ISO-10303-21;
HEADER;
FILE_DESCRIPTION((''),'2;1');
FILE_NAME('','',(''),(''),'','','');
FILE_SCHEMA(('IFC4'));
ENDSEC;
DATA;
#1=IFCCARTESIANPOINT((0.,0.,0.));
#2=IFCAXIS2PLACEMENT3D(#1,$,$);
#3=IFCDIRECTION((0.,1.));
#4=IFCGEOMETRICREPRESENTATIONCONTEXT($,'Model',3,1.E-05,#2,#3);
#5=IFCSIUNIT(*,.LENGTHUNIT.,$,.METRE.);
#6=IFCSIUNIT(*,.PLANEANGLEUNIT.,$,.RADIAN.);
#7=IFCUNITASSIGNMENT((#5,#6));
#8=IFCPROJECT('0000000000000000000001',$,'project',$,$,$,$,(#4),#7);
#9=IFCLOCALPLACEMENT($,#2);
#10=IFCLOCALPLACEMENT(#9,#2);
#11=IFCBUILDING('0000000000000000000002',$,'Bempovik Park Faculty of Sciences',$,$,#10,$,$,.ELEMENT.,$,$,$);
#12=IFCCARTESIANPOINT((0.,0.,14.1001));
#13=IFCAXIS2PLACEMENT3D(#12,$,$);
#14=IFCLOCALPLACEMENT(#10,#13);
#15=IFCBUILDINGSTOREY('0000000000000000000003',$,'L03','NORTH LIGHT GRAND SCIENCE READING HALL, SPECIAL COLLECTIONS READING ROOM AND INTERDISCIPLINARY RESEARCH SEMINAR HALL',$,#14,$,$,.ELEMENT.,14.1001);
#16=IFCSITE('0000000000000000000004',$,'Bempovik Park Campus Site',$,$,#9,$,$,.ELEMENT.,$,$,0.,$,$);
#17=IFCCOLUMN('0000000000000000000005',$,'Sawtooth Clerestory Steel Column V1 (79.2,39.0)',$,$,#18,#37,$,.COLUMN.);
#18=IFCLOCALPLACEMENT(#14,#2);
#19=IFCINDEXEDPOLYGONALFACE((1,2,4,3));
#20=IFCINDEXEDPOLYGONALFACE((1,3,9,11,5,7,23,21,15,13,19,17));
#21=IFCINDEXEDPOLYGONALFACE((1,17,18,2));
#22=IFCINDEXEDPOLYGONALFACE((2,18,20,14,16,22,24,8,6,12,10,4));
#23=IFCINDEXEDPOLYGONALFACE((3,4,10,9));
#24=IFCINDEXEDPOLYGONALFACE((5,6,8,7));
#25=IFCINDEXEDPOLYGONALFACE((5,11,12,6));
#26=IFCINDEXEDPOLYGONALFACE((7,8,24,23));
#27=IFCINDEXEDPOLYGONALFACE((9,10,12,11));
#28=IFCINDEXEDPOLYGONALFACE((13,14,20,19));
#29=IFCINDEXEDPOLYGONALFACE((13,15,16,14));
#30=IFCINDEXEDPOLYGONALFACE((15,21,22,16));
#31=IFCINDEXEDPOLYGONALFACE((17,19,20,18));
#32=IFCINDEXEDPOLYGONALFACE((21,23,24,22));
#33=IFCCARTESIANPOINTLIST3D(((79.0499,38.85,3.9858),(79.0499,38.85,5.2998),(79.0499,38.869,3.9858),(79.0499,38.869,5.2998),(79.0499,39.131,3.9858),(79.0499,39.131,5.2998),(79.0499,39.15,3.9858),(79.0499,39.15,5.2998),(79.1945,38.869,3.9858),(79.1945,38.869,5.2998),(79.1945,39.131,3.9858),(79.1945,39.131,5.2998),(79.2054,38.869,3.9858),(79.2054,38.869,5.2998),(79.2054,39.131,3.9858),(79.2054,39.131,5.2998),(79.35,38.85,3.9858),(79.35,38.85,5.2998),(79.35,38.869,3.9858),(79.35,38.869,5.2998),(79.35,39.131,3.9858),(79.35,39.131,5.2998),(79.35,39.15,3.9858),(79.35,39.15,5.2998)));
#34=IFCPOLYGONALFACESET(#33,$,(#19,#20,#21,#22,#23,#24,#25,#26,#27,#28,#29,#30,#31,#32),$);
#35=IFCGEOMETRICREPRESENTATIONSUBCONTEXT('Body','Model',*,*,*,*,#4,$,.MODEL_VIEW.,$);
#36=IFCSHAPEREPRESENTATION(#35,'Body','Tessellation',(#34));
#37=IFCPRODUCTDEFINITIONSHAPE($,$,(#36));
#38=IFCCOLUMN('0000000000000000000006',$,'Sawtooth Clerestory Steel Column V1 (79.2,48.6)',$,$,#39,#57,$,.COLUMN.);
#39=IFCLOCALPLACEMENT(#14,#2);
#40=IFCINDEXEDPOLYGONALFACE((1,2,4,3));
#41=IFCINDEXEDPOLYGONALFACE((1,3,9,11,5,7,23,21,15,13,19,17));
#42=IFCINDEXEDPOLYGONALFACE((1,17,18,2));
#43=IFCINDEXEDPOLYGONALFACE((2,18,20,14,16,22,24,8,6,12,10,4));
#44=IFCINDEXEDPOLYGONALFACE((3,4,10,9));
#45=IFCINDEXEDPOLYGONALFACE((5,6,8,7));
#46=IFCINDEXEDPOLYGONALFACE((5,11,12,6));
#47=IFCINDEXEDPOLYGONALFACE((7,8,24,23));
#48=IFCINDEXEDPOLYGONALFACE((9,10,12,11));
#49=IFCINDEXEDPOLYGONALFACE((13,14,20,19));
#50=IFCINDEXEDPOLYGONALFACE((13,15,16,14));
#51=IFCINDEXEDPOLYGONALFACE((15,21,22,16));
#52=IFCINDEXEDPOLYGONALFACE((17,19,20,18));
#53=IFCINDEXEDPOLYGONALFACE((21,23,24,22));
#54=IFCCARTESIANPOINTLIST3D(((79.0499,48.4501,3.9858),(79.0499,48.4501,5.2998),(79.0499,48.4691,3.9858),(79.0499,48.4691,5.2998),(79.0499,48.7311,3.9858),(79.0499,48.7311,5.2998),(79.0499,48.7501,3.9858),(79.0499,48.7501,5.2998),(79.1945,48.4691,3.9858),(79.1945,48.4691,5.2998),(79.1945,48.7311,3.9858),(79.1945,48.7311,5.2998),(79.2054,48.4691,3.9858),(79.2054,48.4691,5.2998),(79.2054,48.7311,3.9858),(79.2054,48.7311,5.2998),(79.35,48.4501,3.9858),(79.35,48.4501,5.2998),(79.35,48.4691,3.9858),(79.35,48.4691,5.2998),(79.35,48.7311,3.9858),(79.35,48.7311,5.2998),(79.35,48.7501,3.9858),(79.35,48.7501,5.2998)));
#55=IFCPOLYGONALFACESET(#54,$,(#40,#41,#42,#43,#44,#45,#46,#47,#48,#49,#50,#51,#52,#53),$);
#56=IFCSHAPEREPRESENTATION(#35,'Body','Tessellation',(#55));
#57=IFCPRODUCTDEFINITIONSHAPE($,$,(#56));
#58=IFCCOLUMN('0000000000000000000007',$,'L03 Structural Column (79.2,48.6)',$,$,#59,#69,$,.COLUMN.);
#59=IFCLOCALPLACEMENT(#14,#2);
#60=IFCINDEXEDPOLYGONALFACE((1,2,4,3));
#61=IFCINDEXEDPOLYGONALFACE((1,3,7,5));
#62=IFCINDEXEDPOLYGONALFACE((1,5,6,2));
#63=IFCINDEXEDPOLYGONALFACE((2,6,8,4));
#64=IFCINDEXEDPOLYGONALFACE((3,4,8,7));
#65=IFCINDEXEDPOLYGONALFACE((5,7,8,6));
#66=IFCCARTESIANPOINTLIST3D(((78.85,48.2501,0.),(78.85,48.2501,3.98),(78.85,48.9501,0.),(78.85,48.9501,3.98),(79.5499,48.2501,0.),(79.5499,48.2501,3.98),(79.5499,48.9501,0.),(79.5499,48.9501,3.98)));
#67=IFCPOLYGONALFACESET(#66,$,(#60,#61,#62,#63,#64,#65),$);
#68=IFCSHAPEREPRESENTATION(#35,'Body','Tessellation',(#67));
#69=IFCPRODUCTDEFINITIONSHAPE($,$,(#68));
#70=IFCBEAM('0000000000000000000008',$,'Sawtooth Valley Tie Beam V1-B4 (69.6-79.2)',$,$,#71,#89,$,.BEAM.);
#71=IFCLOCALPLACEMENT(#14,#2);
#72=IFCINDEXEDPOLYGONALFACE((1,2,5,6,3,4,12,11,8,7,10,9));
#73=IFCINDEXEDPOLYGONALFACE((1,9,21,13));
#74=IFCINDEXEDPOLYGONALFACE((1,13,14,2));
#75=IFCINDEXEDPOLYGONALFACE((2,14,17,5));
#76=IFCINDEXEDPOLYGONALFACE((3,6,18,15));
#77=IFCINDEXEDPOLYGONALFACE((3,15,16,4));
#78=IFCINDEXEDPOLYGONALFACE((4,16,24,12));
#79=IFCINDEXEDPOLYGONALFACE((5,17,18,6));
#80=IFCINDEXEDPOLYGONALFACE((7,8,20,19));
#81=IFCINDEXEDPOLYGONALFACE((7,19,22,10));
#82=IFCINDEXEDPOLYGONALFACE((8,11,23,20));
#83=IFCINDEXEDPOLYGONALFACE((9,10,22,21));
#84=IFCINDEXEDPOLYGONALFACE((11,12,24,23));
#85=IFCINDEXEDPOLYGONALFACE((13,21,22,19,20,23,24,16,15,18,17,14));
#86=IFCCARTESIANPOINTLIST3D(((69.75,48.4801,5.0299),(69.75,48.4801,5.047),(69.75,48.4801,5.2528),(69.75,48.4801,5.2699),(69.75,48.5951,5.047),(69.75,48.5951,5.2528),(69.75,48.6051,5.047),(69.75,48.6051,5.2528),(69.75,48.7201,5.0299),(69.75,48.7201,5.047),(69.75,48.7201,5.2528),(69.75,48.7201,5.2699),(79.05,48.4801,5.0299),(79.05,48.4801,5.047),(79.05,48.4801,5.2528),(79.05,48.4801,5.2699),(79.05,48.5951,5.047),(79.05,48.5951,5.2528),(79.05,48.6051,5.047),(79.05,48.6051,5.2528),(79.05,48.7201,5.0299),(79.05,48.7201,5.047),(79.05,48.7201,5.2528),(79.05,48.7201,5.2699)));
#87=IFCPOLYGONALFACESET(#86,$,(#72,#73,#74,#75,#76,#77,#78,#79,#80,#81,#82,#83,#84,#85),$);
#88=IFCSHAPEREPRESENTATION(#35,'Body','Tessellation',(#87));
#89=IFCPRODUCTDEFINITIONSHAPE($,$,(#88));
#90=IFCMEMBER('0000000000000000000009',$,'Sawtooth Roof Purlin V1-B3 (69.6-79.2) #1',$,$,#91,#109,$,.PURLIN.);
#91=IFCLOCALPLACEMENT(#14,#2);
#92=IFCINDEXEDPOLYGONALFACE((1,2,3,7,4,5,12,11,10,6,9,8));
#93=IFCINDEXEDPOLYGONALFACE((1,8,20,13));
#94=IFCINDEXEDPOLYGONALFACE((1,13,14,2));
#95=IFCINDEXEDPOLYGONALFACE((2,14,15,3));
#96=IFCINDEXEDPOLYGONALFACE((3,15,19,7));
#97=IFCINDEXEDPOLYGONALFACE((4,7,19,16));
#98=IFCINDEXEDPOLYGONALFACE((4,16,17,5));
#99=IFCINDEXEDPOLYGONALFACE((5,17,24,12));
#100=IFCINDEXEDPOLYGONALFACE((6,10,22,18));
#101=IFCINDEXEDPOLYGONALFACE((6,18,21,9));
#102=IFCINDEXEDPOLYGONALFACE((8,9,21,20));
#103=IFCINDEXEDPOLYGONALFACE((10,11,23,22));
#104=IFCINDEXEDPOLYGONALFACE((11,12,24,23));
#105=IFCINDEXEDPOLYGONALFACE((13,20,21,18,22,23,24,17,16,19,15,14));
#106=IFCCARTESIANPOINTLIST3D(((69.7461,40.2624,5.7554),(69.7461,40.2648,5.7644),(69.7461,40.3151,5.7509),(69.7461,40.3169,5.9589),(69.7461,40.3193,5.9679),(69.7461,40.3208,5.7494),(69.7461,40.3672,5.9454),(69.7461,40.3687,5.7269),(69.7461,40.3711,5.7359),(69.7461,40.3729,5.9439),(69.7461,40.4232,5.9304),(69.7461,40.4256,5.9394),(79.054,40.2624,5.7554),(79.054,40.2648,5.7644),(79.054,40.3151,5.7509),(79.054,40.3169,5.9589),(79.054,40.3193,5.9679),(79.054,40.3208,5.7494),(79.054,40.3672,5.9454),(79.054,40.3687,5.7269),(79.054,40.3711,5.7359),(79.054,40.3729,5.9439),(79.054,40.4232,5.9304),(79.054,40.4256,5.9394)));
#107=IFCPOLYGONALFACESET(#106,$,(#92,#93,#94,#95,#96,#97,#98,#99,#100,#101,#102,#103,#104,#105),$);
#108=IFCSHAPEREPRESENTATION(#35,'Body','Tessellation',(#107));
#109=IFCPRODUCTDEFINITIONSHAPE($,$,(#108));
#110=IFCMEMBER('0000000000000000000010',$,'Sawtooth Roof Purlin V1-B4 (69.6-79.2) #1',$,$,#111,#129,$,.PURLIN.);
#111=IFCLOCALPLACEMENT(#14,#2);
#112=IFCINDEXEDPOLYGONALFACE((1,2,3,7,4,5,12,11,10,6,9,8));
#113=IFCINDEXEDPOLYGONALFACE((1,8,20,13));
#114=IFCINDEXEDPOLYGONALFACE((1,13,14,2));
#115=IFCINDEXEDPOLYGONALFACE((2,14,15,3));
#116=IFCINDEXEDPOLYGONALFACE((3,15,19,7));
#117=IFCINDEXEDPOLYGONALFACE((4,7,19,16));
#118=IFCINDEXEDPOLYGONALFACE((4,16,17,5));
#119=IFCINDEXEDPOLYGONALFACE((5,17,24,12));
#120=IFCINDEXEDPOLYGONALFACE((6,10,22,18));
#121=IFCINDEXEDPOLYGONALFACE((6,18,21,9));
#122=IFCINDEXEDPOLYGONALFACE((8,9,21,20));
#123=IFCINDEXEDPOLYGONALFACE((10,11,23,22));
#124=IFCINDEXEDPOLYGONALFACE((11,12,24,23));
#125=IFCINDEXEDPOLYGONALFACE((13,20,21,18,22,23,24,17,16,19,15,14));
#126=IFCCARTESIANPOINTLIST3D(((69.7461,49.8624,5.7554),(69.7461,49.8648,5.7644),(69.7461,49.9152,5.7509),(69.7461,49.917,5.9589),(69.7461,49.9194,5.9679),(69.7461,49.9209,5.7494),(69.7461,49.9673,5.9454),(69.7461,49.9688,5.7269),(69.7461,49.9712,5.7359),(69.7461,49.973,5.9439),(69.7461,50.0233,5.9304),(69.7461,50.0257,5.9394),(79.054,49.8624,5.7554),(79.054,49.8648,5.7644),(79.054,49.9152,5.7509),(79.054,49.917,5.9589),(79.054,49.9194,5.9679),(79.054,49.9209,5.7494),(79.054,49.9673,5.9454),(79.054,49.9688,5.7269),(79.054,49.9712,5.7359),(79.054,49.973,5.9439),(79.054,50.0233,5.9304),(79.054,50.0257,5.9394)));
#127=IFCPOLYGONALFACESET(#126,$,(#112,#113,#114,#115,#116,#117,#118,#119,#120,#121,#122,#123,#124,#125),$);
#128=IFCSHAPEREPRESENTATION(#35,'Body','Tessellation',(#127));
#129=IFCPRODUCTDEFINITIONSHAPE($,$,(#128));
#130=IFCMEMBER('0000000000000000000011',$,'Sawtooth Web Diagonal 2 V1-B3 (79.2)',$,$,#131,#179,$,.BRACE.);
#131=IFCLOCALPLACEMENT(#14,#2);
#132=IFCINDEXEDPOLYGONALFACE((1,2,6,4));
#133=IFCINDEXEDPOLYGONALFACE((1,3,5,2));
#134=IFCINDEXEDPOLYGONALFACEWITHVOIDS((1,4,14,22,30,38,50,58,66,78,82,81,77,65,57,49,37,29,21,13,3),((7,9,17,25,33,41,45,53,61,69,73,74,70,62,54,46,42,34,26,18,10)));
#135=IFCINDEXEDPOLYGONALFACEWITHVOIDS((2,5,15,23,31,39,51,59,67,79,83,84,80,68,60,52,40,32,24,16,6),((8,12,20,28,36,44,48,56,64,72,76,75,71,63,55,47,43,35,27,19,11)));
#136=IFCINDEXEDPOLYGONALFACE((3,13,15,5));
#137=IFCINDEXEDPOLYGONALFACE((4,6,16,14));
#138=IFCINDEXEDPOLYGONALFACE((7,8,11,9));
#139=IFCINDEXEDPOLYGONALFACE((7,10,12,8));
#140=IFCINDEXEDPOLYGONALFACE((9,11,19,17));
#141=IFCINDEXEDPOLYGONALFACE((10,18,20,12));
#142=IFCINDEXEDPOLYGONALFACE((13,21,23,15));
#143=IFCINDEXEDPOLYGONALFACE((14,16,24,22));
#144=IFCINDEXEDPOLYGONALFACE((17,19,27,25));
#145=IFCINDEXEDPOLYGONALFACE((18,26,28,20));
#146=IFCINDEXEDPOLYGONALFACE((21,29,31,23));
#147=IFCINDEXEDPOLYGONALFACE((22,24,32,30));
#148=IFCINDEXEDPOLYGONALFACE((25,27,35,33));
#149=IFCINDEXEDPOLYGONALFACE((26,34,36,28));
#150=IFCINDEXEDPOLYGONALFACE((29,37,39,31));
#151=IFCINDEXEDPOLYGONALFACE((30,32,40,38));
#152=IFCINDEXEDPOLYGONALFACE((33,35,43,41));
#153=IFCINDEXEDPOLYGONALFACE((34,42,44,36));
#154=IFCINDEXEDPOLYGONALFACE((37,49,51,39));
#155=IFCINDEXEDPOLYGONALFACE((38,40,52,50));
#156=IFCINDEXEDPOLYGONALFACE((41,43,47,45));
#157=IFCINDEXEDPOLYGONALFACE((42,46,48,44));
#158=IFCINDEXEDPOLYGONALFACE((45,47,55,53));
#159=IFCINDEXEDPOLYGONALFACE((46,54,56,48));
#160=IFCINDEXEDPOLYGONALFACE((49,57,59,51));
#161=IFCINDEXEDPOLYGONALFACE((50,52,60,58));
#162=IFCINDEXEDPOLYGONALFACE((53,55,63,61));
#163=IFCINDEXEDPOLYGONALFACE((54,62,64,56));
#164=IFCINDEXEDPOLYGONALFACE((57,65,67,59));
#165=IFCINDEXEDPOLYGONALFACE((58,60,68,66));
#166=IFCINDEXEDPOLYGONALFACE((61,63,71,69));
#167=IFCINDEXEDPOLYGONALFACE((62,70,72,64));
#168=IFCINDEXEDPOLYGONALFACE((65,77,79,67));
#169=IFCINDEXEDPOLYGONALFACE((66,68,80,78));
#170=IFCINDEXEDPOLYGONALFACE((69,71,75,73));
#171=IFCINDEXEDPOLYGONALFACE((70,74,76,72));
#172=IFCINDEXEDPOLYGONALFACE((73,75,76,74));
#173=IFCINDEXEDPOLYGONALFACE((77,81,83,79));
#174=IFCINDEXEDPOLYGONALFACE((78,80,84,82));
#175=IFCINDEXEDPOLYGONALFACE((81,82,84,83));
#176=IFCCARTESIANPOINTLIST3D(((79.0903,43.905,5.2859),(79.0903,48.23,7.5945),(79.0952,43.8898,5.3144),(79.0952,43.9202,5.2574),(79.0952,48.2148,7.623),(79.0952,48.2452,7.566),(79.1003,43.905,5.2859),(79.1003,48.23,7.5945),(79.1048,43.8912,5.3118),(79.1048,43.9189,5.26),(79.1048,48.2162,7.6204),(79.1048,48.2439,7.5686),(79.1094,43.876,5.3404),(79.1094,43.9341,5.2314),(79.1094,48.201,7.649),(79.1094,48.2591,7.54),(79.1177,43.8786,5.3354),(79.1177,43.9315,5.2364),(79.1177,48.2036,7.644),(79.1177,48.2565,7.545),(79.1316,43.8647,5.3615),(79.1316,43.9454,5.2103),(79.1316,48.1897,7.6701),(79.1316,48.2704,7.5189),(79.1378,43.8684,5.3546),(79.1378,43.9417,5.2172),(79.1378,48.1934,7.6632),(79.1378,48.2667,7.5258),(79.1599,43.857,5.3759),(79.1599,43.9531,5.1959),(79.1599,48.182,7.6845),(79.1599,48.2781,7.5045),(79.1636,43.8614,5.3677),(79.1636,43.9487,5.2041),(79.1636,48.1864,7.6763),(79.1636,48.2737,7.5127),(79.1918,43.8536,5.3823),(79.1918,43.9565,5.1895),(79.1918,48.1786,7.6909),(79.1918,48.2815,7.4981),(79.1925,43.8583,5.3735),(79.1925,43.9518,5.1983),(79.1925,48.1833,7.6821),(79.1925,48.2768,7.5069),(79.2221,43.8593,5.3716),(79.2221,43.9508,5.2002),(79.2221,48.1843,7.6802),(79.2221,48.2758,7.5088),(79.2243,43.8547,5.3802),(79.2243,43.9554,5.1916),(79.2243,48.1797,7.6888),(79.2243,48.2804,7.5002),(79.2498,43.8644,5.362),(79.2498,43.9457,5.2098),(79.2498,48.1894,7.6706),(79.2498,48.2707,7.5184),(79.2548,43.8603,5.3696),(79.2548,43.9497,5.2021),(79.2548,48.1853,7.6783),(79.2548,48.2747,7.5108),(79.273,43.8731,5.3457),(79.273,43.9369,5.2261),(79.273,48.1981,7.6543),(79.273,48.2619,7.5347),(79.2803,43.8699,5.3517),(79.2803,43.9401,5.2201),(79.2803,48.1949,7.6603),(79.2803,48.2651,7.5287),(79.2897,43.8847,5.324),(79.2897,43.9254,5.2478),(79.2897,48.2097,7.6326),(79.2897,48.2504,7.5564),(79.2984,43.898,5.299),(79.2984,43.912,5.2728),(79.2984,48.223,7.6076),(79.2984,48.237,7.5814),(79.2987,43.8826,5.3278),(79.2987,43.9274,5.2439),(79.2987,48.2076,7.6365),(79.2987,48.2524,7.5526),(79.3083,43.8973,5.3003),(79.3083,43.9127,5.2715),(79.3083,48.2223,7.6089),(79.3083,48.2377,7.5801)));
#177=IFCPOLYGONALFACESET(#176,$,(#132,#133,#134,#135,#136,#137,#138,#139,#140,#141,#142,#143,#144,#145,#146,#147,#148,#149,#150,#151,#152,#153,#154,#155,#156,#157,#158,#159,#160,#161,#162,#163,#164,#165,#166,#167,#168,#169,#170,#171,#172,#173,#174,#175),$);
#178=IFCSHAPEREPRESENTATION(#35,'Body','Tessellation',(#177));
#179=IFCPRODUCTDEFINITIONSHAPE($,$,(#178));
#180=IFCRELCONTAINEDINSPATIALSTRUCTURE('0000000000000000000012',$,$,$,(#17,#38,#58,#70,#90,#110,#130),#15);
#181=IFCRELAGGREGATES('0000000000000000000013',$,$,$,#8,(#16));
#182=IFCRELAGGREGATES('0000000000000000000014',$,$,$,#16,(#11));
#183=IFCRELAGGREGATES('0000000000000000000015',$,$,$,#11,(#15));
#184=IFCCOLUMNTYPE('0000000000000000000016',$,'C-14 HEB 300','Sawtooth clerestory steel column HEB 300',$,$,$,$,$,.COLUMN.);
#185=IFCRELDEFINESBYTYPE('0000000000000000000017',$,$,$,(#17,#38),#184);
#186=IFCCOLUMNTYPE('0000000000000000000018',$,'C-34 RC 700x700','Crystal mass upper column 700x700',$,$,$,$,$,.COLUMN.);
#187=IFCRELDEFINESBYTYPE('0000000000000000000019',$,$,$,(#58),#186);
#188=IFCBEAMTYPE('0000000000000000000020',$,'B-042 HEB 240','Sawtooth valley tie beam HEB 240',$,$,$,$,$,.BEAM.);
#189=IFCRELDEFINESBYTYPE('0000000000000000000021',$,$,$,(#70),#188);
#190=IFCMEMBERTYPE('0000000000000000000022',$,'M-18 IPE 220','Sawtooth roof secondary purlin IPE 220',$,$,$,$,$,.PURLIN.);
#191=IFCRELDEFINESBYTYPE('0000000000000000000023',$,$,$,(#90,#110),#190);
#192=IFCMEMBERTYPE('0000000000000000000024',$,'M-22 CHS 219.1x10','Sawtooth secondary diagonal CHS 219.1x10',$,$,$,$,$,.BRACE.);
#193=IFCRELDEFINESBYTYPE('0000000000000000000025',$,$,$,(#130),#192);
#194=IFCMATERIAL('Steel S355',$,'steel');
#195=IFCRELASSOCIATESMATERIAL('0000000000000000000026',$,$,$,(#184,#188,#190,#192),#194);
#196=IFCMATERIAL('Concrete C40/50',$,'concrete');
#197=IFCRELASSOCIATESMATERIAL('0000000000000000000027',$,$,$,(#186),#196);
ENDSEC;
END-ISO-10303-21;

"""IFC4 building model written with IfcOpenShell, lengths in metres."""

from ifc_helpers import new_model, si_unit, direction, frame, origin, origin_2d, place, context, subcontext, project, spatial, rectangle, hollow_circle, i_section, extrude, material, material_profile, profile_set, type_object, element, save


model = new_model("IFC4")

# Units and contexts
model_context = context("Model", 3, precision=1e-05, world=origin(), true_north=direction((0.0, 1.0)))
body_context = subcontext(model_context, "Body", "Model", "MODEL_VIEW")
ifc_project = project(units=[si_unit("LENGTHUNIT", "METRE"), si_unit("PLANEANGLEUNIT", "RADIAN")], contexts=[model_context])

# Site, building, storey
site_placement = place(None, origin())
site = spatial("IfcSite", under=ifc_project, at=site_placement, Name="Bempovik Park Campus Site", CompositionType="ELEMENT", RefElevation=0.0)
building_placement = place(site_placement, origin())
building = spatial("IfcBuilding", under=site, at=building_placement, Name="Bempovik Park Faculty of Sciences", CompositionType="ELEMENT")
storey_placement = place(building_placement, frame((0.0, 0.0, 14.1001)))
storey = spatial("IfcBuildingStorey", under=building, at=storey_placement, Name="L03", Description="NORTH LIGHT GRAND SCIENCE READING HALL, SPECIAL COLLECTIONS READING ROOM AND INTERDISCIPLINARY RESEARCH SEMINAR HALL", CompositionType="ELEMENT", Elevation=14.1001)

# Columns
ifc_material_1 = material(Name="Steel S355", Category="steel")
ifc_material_profile_1 = material_profile(ifc_material_1, i_section(OverallWidth=0.3, OverallDepth=0.3, WebThickness=0.011, FlangeThickness=0.019, at=origin_2d()), Name="HEB 300")
ifc_profile_set_1 = profile_set([ifc_material_profile_1], Name="Steel S355")
column_type_1 = type_object("IfcColumnType", Name="C-14 HEB 300", Description="Sawtooth clerestory steel column HEB 300", PredefinedType="COLUMN", material=ifc_profile_set_1)
for number, where, z_axis, x_axis, name in (
    (1, (79.2, 39.0, 3.9858), (0.0, 0.0, 1.0), (1.0, 0.0, 0.0), "Sawtooth Clerestory Steel Column V1 (79.2,39.0)"),
    (2, (79.2, 48.6001, 3.9858), (0.0, 0.0, 1.0), (1.0, 0.0, 0.0), "Sawtooth Clerestory Steel Column V1 (79.2,48.6)"),
):
    element("IfcColumn", number, at=place(storey_placement, frame(where, z_axis=z_axis, x_axis=x_axis)), inside=storey, type_object=column_type_1, Name=name, PredefinedType="COLUMN", context=body_context, shape_type="SweptSolid", body=[
        extrude(i_section(OverallWidth=0.3, OverallDepth=0.3, WebThickness=0.011, FlangeThickness=0.019, at=origin_2d()), origin(), (0.0, 0.0, 1.0), 1.314),
    ])
ifc_material_2 = material(Name="Concrete C40/50", Category="concrete")
ifc_material_profile_2 = material_profile(ifc_material_2, rectangle(XDim=0.7, YDim=0.7, at=origin_2d()), Name="RC 700x700")
ifc_profile_set_2 = profile_set([ifc_material_profile_2], Name="Concrete C40/50")
column_type_2 = type_object("IfcColumnType", Name="C-34 RC 700x700", Description="Crystal mass upper column 700x700", PredefinedType="COLUMN", material=ifc_profile_set_2)
column_placement = place(storey_placement, frame((79.2, 48.6001, 0.0), z_axis=(0.0, 0.0, 1.0), x_axis=(1.0, 0.0, 0.0)))
element("IfcColumn", 3, at=column_placement, inside=storey, type_object=column_type_2, Name="L03 Structural Column (79.2,48.6)", PredefinedType="COLUMN", context=body_context, shape_type="SweptSolid", body=[
    extrude(rectangle(XDim=0.7, YDim=0.7, at=origin_2d()), origin(), (0.0, 0.0, 1.0), 3.98),
])

# Beam
ifc_material_profile_3 = material_profile(ifc_material_1, i_section(OverallWidth=0.24, OverallDepth=0.24, WebThickness=0.01, FlangeThickness=0.0171, at=origin_2d()), Name="HEB 240")
ifc_profile_set_3 = profile_set([ifc_material_profile_3], Name="Steel S355")
beam_type = type_object("IfcBeamType", Name="B-042 HEB 240", Description="Sawtooth valley tie beam HEB 240", PredefinedType="BEAM", material=ifc_profile_set_3)
beam_placement = place(storey_placement, frame((69.75, 48.6001, 5.1499), z_axis=(1.0, 0.0, 0.0), x_axis=(0.0, 1.0, 0.0)))
element("IfcBeam", 4, at=beam_placement, inside=storey, type_object=beam_type, Name="Sawtooth Valley Tie Beam V1-B4 (69.6-79.2)", PredefinedType="BEAM", context=body_context, shape_type="SweptSolid", body=[
    extrude(i_section(OverallWidth=0.24, OverallDepth=0.24, WebThickness=0.01, FlangeThickness=0.0171, at=origin_2d()), origin(), (0.0, 0.0, 1.0), 9.3),
])

# Members
ifc_material_profile_4 = material_profile(ifc_material_1, i_section(OverallWidth=0.1101, OverallDepth=0.22, WebThickness=0.0059, FlangeThickness=0.0093, at=origin_2d()), Name="IPE 220")
ifc_profile_set_4 = profile_set([ifc_material_profile_4], Name="Steel S355")
member_type_1 = type_object("IfcMemberType", Name="M-18 IPE 220", Description="Sawtooth roof secondary purlin IPE 220", PredefinedType="PURLIN", material=ifc_profile_set_4)
for number, where, z_axis, x_axis, name in (
    (5, (69.7461, 40.344, 5.8474), (1.0, 0.0, 0.0), (0.0, 0.965926, -0.258819), "Sawtooth Roof Purlin V1-B3 (69.6-79.2) #1"),
    (6, (69.7461, 49.9441, 5.8474), (1.0, 0.0, 0.0), (0.0, 0.965926, -0.258819), "Sawtooth Roof Purlin V1-B4 (69.6-79.2) #1"),
):
    element("IfcMember", number, at=place(storey_placement, frame(where, z_axis=z_axis, x_axis=x_axis)), inside=storey, type_object=member_type_1, Name=name, PredefinedType="PURLIN", context=body_context, shape_type="SweptSolid", body=[
        extrude(i_section(OverallWidth=0.1101, OverallDepth=0.22, WebThickness=0.0059, FlangeThickness=0.0093, at=origin_2d()), origin(), (0.0, 0.0, 1.0), 9.3079),
    ])
ifc_material_profile_5 = material_profile(ifc_material_1, hollow_circle(Radius=0.1096, WallThickness=0.01, at=origin_2d()), Name="CHS 219.1x10")
ifc_profile_set_5 = profile_set([ifc_material_profile_5], Name="Steel S355")
member_type_2 = type_object("IfcMemberType", Name="M-22 CHS 219.1x10", Description="Sawtooth secondary diagonal CHS 219.1x10", PredefinedType="BRACE", material=ifc_profile_set_5)
member_1_placement = place(storey_placement, frame((79.2, 43.905, 5.2859), z_axis=(0.0, 0.882187, 0.470898), x_axis=(-1.0, 0.0, 0.0)))
element("IfcMember", 7, at=member_1_placement, inside=storey, type_object=member_type_2, Name="Sawtooth Web Diagonal 2 V1-B3 (79.2)", PredefinedType="BRACE", context=body_context, shape_type="SweptSolid", body=[
    extrude(hollow_circle(Radius=0.1096, WallThickness=0.01, at=origin_2d()), origin(), (0.0, 0.0, 1.0), 4.9026),
])

save(model, "model.ifc")
